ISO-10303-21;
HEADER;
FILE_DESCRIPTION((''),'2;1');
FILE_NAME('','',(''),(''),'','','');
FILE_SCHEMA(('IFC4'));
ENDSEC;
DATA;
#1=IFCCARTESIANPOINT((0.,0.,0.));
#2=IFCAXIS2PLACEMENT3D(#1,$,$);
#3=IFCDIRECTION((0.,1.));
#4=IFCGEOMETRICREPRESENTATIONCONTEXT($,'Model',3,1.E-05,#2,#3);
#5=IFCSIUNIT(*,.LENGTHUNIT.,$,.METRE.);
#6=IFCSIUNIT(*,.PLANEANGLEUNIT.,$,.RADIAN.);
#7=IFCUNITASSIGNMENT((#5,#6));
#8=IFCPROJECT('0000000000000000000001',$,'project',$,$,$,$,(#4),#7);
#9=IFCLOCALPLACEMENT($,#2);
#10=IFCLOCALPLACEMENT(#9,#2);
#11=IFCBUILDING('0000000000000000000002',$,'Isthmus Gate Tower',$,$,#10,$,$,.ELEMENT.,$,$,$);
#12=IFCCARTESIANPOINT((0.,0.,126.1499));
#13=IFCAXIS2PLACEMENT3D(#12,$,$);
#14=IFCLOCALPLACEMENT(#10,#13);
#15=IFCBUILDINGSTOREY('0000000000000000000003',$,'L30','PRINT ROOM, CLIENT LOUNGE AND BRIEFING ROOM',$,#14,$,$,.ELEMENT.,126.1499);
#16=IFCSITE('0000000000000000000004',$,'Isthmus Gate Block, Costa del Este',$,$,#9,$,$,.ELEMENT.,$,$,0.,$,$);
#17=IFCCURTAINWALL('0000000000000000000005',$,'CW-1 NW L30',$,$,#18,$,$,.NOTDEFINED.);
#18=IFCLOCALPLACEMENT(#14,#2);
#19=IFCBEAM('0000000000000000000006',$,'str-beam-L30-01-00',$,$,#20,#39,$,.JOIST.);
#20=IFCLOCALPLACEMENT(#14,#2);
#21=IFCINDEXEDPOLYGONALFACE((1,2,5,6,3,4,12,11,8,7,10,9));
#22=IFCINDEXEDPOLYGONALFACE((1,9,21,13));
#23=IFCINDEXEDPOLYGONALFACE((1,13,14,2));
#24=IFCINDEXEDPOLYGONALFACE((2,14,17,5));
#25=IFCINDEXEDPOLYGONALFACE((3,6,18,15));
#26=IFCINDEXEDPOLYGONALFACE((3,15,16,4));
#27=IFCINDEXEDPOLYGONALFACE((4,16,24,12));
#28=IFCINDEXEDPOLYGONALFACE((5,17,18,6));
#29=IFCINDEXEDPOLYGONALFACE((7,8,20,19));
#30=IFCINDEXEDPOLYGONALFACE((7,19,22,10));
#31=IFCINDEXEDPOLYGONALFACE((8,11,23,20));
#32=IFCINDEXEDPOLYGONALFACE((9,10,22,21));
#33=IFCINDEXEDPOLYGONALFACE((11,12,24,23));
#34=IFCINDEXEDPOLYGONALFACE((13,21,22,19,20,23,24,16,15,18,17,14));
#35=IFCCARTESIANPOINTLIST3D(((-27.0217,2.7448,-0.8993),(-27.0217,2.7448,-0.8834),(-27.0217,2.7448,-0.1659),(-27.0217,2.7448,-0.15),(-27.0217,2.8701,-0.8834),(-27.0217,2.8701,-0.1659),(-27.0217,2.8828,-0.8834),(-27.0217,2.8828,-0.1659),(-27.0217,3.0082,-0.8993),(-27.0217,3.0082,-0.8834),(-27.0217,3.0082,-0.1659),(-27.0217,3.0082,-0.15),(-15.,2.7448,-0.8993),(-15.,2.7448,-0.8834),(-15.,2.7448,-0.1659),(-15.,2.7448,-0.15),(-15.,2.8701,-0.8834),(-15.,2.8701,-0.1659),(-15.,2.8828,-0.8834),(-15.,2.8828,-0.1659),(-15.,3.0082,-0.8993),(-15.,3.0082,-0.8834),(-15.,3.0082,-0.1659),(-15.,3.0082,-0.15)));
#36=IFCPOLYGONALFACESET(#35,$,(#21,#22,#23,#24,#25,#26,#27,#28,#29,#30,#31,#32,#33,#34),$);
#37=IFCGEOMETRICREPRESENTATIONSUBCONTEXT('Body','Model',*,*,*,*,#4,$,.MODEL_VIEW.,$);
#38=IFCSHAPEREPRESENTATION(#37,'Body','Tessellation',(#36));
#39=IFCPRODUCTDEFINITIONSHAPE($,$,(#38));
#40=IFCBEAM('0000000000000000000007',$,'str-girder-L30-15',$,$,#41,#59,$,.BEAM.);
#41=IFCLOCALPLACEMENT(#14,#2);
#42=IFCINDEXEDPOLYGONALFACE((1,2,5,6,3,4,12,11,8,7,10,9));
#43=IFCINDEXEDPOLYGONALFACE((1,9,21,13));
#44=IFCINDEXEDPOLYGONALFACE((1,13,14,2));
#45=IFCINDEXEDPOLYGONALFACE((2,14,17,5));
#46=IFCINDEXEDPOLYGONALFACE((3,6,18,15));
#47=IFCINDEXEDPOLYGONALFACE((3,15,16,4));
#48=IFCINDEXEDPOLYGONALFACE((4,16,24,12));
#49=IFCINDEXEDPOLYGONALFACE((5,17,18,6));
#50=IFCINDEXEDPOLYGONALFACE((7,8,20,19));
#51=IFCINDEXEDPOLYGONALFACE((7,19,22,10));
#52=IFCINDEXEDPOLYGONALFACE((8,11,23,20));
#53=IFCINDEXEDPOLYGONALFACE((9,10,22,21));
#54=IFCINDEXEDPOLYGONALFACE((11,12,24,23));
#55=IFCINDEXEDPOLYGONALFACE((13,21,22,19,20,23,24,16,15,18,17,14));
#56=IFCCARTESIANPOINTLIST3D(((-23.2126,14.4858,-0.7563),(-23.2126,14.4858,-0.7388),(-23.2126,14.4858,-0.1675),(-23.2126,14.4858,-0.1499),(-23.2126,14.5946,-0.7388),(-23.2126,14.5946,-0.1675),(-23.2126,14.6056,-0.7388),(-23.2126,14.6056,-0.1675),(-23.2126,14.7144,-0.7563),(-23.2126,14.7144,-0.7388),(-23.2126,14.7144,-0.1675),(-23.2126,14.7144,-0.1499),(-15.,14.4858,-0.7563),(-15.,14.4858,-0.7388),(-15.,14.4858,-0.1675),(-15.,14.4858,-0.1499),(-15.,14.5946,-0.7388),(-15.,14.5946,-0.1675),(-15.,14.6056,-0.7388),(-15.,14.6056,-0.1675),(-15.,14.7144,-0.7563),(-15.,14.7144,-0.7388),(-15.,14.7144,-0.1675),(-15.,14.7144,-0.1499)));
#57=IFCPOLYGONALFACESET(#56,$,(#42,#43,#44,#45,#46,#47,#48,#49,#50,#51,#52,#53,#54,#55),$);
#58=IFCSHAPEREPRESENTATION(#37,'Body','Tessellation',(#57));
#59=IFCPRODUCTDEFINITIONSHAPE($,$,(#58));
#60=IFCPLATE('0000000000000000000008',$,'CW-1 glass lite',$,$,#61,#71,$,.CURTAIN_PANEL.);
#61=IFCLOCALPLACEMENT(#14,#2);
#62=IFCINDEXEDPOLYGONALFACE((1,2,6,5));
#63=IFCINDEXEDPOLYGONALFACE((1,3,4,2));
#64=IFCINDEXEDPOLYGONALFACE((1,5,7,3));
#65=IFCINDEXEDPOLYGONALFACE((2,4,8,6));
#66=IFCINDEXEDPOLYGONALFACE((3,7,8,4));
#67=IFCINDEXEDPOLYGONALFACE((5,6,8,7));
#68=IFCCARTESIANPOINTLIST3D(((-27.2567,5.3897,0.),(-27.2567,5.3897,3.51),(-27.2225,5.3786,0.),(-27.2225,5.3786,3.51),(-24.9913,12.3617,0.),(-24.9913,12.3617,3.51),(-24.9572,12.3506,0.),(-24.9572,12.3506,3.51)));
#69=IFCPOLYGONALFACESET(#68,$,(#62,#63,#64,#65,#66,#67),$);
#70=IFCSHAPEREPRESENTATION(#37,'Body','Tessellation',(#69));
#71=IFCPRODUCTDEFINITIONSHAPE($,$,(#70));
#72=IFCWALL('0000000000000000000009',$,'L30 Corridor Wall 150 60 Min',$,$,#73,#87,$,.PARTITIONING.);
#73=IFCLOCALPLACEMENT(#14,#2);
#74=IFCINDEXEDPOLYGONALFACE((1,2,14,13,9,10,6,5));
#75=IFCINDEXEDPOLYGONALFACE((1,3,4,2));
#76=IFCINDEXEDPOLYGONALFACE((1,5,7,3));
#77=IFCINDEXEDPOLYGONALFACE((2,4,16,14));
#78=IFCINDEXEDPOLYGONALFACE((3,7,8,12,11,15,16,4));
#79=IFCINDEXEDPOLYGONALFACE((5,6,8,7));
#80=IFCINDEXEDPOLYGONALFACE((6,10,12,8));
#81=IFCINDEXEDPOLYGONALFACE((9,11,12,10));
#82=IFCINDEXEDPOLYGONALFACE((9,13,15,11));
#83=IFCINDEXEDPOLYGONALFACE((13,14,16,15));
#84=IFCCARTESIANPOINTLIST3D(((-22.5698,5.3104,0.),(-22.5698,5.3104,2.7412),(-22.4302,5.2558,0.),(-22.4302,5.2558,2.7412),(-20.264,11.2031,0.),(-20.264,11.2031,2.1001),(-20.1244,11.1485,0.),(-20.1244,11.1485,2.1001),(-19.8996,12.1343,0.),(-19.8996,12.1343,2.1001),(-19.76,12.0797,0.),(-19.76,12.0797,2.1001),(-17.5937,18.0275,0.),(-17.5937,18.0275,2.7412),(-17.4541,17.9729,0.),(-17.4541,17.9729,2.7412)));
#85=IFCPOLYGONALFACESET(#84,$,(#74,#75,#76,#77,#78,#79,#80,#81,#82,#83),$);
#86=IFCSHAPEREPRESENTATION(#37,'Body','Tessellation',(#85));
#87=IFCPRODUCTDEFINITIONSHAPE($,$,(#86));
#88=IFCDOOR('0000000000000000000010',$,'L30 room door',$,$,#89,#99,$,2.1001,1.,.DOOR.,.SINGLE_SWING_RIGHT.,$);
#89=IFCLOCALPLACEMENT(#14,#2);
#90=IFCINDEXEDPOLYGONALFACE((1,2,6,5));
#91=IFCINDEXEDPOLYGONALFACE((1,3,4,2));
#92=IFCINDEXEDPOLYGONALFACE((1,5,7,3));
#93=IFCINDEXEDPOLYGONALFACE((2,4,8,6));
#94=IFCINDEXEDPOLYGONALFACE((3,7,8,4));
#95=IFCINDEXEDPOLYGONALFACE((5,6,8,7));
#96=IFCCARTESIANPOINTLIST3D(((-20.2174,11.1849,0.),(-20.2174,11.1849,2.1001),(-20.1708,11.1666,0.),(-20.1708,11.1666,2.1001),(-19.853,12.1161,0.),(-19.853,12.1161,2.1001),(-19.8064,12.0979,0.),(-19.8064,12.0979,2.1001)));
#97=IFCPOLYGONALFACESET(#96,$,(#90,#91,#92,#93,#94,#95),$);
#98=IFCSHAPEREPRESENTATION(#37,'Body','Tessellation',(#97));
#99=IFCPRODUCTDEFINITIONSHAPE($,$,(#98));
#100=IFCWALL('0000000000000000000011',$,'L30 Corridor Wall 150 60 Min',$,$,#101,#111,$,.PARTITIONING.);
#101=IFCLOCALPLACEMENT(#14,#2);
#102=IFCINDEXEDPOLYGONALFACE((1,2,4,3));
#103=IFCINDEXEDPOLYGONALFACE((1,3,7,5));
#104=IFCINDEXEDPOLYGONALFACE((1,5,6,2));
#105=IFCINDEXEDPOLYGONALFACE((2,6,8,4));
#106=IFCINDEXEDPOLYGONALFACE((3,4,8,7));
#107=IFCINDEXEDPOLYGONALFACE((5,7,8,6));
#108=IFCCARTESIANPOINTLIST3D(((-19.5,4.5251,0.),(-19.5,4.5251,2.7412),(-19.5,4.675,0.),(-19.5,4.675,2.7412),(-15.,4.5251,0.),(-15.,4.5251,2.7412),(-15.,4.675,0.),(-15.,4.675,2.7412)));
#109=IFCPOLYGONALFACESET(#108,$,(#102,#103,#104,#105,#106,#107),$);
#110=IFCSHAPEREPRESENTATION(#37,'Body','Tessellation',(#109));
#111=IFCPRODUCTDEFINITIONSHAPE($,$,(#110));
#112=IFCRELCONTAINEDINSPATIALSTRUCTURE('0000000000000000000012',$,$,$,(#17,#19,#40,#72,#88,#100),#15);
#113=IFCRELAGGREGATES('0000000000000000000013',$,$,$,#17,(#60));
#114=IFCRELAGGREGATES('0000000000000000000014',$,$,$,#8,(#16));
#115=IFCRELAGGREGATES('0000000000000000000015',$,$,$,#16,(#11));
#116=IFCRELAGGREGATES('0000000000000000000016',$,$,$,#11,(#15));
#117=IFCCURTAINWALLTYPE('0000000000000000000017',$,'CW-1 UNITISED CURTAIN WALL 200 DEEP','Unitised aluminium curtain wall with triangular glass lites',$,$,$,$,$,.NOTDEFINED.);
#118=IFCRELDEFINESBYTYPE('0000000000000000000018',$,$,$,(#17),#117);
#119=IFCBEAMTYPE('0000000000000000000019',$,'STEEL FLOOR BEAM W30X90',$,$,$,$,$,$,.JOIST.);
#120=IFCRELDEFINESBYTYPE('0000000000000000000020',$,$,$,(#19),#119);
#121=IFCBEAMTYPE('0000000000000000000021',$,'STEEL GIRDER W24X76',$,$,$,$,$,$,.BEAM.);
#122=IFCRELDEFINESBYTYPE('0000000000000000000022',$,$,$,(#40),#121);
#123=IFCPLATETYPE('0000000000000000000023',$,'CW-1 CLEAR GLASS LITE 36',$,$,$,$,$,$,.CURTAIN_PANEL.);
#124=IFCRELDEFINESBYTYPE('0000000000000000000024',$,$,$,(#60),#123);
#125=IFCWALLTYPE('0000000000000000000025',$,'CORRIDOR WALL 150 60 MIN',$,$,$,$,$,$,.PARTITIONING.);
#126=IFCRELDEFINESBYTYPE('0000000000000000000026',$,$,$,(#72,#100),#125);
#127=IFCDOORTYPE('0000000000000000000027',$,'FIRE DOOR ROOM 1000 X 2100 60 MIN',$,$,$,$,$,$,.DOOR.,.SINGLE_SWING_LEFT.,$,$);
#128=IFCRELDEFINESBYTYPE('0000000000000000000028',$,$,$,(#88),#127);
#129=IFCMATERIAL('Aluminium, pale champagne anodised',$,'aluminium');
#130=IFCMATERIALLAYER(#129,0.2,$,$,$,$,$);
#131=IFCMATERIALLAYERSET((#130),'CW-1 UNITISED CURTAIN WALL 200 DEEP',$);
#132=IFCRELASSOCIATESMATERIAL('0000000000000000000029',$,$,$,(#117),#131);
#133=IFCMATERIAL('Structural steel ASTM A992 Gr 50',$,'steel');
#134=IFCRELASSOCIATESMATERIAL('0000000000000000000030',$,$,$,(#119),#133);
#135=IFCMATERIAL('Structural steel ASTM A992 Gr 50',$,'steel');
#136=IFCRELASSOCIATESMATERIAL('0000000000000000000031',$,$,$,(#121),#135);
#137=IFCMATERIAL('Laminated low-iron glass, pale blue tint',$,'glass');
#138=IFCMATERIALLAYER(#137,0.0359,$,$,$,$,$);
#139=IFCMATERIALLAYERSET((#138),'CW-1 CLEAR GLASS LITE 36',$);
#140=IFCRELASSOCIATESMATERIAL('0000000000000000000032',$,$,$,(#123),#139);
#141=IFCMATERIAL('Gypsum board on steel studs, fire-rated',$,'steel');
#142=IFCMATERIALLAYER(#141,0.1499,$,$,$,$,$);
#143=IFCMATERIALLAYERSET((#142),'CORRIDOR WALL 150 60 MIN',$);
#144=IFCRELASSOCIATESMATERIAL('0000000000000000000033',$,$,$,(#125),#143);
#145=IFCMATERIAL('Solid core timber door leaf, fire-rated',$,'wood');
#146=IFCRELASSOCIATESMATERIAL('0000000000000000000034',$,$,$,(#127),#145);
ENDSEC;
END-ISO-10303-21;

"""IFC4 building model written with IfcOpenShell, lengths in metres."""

from ifc_helpers import new_model, si_unit, direction, frame, frame_2d, origin, origin_2d, place, context, subcontext, project, spatial, rectangle, i_section, extrude, material, layer, layer_set, material_profile, profile_set, type_object, element, fill, aggregate, save


model = new_model("IFC4")

# Units and contexts
model_context = context("Model", 3, precision=1e-05, world=origin(), true_north=direction((0.0, 1.0)))
body_context = subcontext(model_context, "Body", "Model", "MODEL_VIEW")
ifc_project = project(units=[si_unit("LENGTHUNIT", "METRE"), si_unit("PLANEANGLEUNIT", "RADIAN")], contexts=[model_context])

# Site, building, storey
site_placement = place(None, origin())
site = spatial("IfcSite", under=ifc_project, at=site_placement, Name="Isthmus Gate Block, Costa del Este", CompositionType="ELEMENT", RefElevation=0.0)
building_placement = place(site_placement, origin())
building = spatial("IfcBuilding", under=site, at=building_placement, Name="Isthmus Gate Tower", CompositionType="ELEMENT")
storey_placement = place(building_placement, frame((0.0, 0.0, 126.1499)))
storey = spatial("IfcBuildingStorey", under=building, at=storey_placement, Name="L30", Description="PRINT ROOM, CLIENT LOUNGE AND BRIEFING ROOM", CompositionType="ELEMENT", Elevation=126.1499)

# Curtain wall
ifc_material_1 = material(Name="Aluminium, pale champagne anodised", Category="aluminium")
ifc_layer_1 = layer(ifc_material_1, 0.2)
ifc_layer_set_1 = layer_set([ifc_layer_1], Name="CW-1 UNITISED CURTAIN WALL 200 DEEP")
curtain_wall_type = type_object("IfcCurtainWallType", Name="CW-1 UNITISED CURTAIN WALL 200 DEEP", Description="Unitised aluminium curtain wall with triangular glass lites", PredefinedType="NOTDEFINED", material=ifc_layer_set_1)
curtain_wall_placement = place(storey_placement, origin())
curtain_wall = element("IfcCurtainWall", 1, at=curtain_wall_placement, inside=storey, type_object=curtain_wall_type, Name="CW-1 NW L30", PredefinedType="NOTDEFINED")

# Beams
ifc_material_2 = material(Name="Structural steel ASTM A992 Gr 50", Category="steel")
ifc_material_profile_1 = material_profile(ifc_material_2, i_section(OverallWidth=0.2634, OverallDepth=0.7493, WebThickness=0.0127, FlangeThickness=0.0159, at=origin_2d()), Name="W30X90")
ifc_profile_set_1 = profile_set([ifc_material_profile_1], Name="Structural steel ASTM A992 Gr 50")
beam_type_1 = type_object("IfcBeamType", Name="STEEL FLOOR BEAM W30X90", PredefinedType="JOIST", material=ifc_profile_set_1)
beam_1_placement = place(storey_placement, frame((-27.0217, 2.8765, -0.5247), z_axis=(1.0, 0.0, 0.0), x_axis=(0.0, 1.0, 0.0)))
element("IfcBeam", 2, at=beam_1_placement, inside=storey, type_object=beam_type_1, Name="str-beam-L30-01-00", PredefinedType="JOIST", context=body_context, shape_type="SweptSolid", body=[
    extrude(i_section(OverallWidth=0.2634, OverallDepth=0.7493, WebThickness=0.0127, FlangeThickness=0.0159, at=origin_2d()), origin(), (0.0, 0.0, 1.0), 12.0217),
])
ifc_material_3 = material(Name="Structural steel ASTM A992 Gr 50", Category="steel")
ifc_material_profile_2 = material_profile(ifc_material_3, i_section(OverallWidth=0.2285, OverallDepth=0.6064, WebThickness=0.011, FlangeThickness=0.0176, at=origin_2d()), Name="W24X76")
ifc_profile_set_2 = profile_set([ifc_material_profile_2], Name="Structural steel ASTM A992 Gr 50")
beam_type_2 = type_object("IfcBeamType", Name="STEEL GIRDER W24X76", PredefinedType="BEAM", material=ifc_profile_set_2)
beam_2_placement = place(storey_placement, frame((-15.0, 14.6001, -0.4531), z_axis=(-1.0, 0.0, 0.0), x_axis=(0.0, -1.0, 0.0)))
element("IfcBeam", 3, at=beam_2_placement, inside=storey, type_object=beam_type_2, Name="str-girder-L30-15", PredefinedType="BEAM", context=body_context, shape_type="SweptSolid", body=[
    extrude(i_section(OverallWidth=0.2285, OverallDepth=0.6064, WebThickness=0.011, FlangeThickness=0.0176, at=origin_2d()), origin(), (0.0, 0.0, 1.0), 8.2126),
])

# Plate
ifc_material_4 = material(Name="Laminated low-iron glass, pale blue tint", Category="glass")
ifc_layer_2 = layer(ifc_material_4, 0.0359)
ifc_layer_set_2 = layer_set([ifc_layer_2], Name="CW-1 CLEAR GLASS LITE 36")
plate_type = type_object("IfcPlateType", Name="CW-1 CLEAR GLASS LITE 36", PredefinedType="CURTAIN_PANEL", material=ifc_layer_set_2)
plate_placement = place(storey_placement, frame((-26.1069, 8.8701, 0.0), z_axis=(0.0, 0.0, 1.0), x_axis=(-0.309017, -0.951057, 0.0)))
plate = element("IfcPlate", 4, at=plate_placement, type_object=plate_type, Name="CW-1 glass lite", PredefinedType="CURTAIN_PANEL", context=body_context, shape_type="SweptSolid", body=[
    extrude(rectangle(XDim=7.3308, YDim=0.0359, at=origin_2d()), origin(), (0.0, 0.0, 1.0), 3.51),
])
aggregate(curtain_wall, [plate])

# Wall, opening, door
ifc_material_5 = material(Name="Gypsum board on steel studs, fire-rated", Category="steel")
ifc_layer_3 = layer(ifc_material_5, 0.1499)
ifc_layer_set_3 = layer_set([ifc_layer_3], Name="CORRIDOR WALL 150 60 MIN")
wall_type_1 = type_object("IfcWallType", Name="CORRIDOR WALL 150 60 MIN", PredefinedType="PARTITIONING", material=ifc_layer_set_3)
wall_1_placement = place(storey_placement, frame((-22.5, 5.283, 0.0), z_axis=(0.0, 0.0, 1.0), x_axis=(0.364389, 0.931247, 0.0)))
wall_1 = element("IfcWall", 5, at=wall_1_placement, inside=storey, type_object=wall_type_1, Name="L30 Corridor Wall 150 60 Min", PredefinedType="PARTITIONING", context=body_context, shape_type="SweptSolid", body=[
    extrude(rectangle(XDim=13.656, YDim=0.1499, at=frame_2d((6.8281, 0.0))), origin(), (0.0, 0.0, 1.0), 2.7412),
])
opening_1_placement = place(wall_1_placement, frame((6.3279, 0.0, 0.0)))
opening_1 = element("IfcOpeningElement", 6, at=opening_1_placement, cuts=wall_1, PredefinedType="OPENING", context=body_context, shape_type="SweptSolid", body=[
    extrude(rectangle(XDim=1.0, YDim=2.1001, at=frame_2d((0.5, 1.05))), frame((0.0, 0.085, 0.0), z_axis=(0.0, -1.0, 0.0), x_axis=(1.0, 0.0, 0.0)), (0.0, 0.0, 1.0), 0.1699),
])
ifc_material_6 = material(Name="Solid core timber door leaf, fire-rated", Category="wood")
door_type_1 = type_object("IfcDoorType", Name="FIRE DOOR ROOM 1000 X 2100 60 MIN", OperationType="SINGLE_SWING_LEFT", PredefinedType="DOOR", material=ifc_material_6)
door_1_placement = place(opening_1_placement, origin())
door_1 = element("IfcDoor", 7, at=door_1_placement, inside=storey, type_object=door_type_1, Name="L30 room door", OperationType="SINGLE_SWING_RIGHT", OverallHeight=2.1001, OverallWidth=1.0, PredefinedType="DOOR", context=body_context, shape_type="SweptSolid", body=[
    extrude(rectangle(XDim=1.0, YDim=2.1001, at=frame_2d((0.5, 1.05))), frame((0.0, 0.0249, 0.0), z_axis=(0.0, -1.0, 0.0), x_axis=(1.0, 0.0, 0.0)), (0.0, 0.0, 1.0), 0.05),
])
fill(opening_1, door_1)

# Wall
wall_2_placement = place(storey_placement, frame((-19.5, 4.6001, 0.0), z_axis=(0.0, 0.0, 1.0), x_axis=(1.0, 0.0, 0.0)))
element("IfcWall", 8, at=wall_2_placement, inside=storey, type_object=wall_type_1, Name="L30 Corridor Wall 150 60 Min", PredefinedType="PARTITIONING", context=body_context, shape_type="SweptSolid", body=[
    extrude(rectangle(XDim=4.5, YDim=0.1499, at=frame_2d((2.25, 0.0))), origin(), (0.0, 0.0, 1.0), 2.7412),
])

save(model, "model.ifc")
